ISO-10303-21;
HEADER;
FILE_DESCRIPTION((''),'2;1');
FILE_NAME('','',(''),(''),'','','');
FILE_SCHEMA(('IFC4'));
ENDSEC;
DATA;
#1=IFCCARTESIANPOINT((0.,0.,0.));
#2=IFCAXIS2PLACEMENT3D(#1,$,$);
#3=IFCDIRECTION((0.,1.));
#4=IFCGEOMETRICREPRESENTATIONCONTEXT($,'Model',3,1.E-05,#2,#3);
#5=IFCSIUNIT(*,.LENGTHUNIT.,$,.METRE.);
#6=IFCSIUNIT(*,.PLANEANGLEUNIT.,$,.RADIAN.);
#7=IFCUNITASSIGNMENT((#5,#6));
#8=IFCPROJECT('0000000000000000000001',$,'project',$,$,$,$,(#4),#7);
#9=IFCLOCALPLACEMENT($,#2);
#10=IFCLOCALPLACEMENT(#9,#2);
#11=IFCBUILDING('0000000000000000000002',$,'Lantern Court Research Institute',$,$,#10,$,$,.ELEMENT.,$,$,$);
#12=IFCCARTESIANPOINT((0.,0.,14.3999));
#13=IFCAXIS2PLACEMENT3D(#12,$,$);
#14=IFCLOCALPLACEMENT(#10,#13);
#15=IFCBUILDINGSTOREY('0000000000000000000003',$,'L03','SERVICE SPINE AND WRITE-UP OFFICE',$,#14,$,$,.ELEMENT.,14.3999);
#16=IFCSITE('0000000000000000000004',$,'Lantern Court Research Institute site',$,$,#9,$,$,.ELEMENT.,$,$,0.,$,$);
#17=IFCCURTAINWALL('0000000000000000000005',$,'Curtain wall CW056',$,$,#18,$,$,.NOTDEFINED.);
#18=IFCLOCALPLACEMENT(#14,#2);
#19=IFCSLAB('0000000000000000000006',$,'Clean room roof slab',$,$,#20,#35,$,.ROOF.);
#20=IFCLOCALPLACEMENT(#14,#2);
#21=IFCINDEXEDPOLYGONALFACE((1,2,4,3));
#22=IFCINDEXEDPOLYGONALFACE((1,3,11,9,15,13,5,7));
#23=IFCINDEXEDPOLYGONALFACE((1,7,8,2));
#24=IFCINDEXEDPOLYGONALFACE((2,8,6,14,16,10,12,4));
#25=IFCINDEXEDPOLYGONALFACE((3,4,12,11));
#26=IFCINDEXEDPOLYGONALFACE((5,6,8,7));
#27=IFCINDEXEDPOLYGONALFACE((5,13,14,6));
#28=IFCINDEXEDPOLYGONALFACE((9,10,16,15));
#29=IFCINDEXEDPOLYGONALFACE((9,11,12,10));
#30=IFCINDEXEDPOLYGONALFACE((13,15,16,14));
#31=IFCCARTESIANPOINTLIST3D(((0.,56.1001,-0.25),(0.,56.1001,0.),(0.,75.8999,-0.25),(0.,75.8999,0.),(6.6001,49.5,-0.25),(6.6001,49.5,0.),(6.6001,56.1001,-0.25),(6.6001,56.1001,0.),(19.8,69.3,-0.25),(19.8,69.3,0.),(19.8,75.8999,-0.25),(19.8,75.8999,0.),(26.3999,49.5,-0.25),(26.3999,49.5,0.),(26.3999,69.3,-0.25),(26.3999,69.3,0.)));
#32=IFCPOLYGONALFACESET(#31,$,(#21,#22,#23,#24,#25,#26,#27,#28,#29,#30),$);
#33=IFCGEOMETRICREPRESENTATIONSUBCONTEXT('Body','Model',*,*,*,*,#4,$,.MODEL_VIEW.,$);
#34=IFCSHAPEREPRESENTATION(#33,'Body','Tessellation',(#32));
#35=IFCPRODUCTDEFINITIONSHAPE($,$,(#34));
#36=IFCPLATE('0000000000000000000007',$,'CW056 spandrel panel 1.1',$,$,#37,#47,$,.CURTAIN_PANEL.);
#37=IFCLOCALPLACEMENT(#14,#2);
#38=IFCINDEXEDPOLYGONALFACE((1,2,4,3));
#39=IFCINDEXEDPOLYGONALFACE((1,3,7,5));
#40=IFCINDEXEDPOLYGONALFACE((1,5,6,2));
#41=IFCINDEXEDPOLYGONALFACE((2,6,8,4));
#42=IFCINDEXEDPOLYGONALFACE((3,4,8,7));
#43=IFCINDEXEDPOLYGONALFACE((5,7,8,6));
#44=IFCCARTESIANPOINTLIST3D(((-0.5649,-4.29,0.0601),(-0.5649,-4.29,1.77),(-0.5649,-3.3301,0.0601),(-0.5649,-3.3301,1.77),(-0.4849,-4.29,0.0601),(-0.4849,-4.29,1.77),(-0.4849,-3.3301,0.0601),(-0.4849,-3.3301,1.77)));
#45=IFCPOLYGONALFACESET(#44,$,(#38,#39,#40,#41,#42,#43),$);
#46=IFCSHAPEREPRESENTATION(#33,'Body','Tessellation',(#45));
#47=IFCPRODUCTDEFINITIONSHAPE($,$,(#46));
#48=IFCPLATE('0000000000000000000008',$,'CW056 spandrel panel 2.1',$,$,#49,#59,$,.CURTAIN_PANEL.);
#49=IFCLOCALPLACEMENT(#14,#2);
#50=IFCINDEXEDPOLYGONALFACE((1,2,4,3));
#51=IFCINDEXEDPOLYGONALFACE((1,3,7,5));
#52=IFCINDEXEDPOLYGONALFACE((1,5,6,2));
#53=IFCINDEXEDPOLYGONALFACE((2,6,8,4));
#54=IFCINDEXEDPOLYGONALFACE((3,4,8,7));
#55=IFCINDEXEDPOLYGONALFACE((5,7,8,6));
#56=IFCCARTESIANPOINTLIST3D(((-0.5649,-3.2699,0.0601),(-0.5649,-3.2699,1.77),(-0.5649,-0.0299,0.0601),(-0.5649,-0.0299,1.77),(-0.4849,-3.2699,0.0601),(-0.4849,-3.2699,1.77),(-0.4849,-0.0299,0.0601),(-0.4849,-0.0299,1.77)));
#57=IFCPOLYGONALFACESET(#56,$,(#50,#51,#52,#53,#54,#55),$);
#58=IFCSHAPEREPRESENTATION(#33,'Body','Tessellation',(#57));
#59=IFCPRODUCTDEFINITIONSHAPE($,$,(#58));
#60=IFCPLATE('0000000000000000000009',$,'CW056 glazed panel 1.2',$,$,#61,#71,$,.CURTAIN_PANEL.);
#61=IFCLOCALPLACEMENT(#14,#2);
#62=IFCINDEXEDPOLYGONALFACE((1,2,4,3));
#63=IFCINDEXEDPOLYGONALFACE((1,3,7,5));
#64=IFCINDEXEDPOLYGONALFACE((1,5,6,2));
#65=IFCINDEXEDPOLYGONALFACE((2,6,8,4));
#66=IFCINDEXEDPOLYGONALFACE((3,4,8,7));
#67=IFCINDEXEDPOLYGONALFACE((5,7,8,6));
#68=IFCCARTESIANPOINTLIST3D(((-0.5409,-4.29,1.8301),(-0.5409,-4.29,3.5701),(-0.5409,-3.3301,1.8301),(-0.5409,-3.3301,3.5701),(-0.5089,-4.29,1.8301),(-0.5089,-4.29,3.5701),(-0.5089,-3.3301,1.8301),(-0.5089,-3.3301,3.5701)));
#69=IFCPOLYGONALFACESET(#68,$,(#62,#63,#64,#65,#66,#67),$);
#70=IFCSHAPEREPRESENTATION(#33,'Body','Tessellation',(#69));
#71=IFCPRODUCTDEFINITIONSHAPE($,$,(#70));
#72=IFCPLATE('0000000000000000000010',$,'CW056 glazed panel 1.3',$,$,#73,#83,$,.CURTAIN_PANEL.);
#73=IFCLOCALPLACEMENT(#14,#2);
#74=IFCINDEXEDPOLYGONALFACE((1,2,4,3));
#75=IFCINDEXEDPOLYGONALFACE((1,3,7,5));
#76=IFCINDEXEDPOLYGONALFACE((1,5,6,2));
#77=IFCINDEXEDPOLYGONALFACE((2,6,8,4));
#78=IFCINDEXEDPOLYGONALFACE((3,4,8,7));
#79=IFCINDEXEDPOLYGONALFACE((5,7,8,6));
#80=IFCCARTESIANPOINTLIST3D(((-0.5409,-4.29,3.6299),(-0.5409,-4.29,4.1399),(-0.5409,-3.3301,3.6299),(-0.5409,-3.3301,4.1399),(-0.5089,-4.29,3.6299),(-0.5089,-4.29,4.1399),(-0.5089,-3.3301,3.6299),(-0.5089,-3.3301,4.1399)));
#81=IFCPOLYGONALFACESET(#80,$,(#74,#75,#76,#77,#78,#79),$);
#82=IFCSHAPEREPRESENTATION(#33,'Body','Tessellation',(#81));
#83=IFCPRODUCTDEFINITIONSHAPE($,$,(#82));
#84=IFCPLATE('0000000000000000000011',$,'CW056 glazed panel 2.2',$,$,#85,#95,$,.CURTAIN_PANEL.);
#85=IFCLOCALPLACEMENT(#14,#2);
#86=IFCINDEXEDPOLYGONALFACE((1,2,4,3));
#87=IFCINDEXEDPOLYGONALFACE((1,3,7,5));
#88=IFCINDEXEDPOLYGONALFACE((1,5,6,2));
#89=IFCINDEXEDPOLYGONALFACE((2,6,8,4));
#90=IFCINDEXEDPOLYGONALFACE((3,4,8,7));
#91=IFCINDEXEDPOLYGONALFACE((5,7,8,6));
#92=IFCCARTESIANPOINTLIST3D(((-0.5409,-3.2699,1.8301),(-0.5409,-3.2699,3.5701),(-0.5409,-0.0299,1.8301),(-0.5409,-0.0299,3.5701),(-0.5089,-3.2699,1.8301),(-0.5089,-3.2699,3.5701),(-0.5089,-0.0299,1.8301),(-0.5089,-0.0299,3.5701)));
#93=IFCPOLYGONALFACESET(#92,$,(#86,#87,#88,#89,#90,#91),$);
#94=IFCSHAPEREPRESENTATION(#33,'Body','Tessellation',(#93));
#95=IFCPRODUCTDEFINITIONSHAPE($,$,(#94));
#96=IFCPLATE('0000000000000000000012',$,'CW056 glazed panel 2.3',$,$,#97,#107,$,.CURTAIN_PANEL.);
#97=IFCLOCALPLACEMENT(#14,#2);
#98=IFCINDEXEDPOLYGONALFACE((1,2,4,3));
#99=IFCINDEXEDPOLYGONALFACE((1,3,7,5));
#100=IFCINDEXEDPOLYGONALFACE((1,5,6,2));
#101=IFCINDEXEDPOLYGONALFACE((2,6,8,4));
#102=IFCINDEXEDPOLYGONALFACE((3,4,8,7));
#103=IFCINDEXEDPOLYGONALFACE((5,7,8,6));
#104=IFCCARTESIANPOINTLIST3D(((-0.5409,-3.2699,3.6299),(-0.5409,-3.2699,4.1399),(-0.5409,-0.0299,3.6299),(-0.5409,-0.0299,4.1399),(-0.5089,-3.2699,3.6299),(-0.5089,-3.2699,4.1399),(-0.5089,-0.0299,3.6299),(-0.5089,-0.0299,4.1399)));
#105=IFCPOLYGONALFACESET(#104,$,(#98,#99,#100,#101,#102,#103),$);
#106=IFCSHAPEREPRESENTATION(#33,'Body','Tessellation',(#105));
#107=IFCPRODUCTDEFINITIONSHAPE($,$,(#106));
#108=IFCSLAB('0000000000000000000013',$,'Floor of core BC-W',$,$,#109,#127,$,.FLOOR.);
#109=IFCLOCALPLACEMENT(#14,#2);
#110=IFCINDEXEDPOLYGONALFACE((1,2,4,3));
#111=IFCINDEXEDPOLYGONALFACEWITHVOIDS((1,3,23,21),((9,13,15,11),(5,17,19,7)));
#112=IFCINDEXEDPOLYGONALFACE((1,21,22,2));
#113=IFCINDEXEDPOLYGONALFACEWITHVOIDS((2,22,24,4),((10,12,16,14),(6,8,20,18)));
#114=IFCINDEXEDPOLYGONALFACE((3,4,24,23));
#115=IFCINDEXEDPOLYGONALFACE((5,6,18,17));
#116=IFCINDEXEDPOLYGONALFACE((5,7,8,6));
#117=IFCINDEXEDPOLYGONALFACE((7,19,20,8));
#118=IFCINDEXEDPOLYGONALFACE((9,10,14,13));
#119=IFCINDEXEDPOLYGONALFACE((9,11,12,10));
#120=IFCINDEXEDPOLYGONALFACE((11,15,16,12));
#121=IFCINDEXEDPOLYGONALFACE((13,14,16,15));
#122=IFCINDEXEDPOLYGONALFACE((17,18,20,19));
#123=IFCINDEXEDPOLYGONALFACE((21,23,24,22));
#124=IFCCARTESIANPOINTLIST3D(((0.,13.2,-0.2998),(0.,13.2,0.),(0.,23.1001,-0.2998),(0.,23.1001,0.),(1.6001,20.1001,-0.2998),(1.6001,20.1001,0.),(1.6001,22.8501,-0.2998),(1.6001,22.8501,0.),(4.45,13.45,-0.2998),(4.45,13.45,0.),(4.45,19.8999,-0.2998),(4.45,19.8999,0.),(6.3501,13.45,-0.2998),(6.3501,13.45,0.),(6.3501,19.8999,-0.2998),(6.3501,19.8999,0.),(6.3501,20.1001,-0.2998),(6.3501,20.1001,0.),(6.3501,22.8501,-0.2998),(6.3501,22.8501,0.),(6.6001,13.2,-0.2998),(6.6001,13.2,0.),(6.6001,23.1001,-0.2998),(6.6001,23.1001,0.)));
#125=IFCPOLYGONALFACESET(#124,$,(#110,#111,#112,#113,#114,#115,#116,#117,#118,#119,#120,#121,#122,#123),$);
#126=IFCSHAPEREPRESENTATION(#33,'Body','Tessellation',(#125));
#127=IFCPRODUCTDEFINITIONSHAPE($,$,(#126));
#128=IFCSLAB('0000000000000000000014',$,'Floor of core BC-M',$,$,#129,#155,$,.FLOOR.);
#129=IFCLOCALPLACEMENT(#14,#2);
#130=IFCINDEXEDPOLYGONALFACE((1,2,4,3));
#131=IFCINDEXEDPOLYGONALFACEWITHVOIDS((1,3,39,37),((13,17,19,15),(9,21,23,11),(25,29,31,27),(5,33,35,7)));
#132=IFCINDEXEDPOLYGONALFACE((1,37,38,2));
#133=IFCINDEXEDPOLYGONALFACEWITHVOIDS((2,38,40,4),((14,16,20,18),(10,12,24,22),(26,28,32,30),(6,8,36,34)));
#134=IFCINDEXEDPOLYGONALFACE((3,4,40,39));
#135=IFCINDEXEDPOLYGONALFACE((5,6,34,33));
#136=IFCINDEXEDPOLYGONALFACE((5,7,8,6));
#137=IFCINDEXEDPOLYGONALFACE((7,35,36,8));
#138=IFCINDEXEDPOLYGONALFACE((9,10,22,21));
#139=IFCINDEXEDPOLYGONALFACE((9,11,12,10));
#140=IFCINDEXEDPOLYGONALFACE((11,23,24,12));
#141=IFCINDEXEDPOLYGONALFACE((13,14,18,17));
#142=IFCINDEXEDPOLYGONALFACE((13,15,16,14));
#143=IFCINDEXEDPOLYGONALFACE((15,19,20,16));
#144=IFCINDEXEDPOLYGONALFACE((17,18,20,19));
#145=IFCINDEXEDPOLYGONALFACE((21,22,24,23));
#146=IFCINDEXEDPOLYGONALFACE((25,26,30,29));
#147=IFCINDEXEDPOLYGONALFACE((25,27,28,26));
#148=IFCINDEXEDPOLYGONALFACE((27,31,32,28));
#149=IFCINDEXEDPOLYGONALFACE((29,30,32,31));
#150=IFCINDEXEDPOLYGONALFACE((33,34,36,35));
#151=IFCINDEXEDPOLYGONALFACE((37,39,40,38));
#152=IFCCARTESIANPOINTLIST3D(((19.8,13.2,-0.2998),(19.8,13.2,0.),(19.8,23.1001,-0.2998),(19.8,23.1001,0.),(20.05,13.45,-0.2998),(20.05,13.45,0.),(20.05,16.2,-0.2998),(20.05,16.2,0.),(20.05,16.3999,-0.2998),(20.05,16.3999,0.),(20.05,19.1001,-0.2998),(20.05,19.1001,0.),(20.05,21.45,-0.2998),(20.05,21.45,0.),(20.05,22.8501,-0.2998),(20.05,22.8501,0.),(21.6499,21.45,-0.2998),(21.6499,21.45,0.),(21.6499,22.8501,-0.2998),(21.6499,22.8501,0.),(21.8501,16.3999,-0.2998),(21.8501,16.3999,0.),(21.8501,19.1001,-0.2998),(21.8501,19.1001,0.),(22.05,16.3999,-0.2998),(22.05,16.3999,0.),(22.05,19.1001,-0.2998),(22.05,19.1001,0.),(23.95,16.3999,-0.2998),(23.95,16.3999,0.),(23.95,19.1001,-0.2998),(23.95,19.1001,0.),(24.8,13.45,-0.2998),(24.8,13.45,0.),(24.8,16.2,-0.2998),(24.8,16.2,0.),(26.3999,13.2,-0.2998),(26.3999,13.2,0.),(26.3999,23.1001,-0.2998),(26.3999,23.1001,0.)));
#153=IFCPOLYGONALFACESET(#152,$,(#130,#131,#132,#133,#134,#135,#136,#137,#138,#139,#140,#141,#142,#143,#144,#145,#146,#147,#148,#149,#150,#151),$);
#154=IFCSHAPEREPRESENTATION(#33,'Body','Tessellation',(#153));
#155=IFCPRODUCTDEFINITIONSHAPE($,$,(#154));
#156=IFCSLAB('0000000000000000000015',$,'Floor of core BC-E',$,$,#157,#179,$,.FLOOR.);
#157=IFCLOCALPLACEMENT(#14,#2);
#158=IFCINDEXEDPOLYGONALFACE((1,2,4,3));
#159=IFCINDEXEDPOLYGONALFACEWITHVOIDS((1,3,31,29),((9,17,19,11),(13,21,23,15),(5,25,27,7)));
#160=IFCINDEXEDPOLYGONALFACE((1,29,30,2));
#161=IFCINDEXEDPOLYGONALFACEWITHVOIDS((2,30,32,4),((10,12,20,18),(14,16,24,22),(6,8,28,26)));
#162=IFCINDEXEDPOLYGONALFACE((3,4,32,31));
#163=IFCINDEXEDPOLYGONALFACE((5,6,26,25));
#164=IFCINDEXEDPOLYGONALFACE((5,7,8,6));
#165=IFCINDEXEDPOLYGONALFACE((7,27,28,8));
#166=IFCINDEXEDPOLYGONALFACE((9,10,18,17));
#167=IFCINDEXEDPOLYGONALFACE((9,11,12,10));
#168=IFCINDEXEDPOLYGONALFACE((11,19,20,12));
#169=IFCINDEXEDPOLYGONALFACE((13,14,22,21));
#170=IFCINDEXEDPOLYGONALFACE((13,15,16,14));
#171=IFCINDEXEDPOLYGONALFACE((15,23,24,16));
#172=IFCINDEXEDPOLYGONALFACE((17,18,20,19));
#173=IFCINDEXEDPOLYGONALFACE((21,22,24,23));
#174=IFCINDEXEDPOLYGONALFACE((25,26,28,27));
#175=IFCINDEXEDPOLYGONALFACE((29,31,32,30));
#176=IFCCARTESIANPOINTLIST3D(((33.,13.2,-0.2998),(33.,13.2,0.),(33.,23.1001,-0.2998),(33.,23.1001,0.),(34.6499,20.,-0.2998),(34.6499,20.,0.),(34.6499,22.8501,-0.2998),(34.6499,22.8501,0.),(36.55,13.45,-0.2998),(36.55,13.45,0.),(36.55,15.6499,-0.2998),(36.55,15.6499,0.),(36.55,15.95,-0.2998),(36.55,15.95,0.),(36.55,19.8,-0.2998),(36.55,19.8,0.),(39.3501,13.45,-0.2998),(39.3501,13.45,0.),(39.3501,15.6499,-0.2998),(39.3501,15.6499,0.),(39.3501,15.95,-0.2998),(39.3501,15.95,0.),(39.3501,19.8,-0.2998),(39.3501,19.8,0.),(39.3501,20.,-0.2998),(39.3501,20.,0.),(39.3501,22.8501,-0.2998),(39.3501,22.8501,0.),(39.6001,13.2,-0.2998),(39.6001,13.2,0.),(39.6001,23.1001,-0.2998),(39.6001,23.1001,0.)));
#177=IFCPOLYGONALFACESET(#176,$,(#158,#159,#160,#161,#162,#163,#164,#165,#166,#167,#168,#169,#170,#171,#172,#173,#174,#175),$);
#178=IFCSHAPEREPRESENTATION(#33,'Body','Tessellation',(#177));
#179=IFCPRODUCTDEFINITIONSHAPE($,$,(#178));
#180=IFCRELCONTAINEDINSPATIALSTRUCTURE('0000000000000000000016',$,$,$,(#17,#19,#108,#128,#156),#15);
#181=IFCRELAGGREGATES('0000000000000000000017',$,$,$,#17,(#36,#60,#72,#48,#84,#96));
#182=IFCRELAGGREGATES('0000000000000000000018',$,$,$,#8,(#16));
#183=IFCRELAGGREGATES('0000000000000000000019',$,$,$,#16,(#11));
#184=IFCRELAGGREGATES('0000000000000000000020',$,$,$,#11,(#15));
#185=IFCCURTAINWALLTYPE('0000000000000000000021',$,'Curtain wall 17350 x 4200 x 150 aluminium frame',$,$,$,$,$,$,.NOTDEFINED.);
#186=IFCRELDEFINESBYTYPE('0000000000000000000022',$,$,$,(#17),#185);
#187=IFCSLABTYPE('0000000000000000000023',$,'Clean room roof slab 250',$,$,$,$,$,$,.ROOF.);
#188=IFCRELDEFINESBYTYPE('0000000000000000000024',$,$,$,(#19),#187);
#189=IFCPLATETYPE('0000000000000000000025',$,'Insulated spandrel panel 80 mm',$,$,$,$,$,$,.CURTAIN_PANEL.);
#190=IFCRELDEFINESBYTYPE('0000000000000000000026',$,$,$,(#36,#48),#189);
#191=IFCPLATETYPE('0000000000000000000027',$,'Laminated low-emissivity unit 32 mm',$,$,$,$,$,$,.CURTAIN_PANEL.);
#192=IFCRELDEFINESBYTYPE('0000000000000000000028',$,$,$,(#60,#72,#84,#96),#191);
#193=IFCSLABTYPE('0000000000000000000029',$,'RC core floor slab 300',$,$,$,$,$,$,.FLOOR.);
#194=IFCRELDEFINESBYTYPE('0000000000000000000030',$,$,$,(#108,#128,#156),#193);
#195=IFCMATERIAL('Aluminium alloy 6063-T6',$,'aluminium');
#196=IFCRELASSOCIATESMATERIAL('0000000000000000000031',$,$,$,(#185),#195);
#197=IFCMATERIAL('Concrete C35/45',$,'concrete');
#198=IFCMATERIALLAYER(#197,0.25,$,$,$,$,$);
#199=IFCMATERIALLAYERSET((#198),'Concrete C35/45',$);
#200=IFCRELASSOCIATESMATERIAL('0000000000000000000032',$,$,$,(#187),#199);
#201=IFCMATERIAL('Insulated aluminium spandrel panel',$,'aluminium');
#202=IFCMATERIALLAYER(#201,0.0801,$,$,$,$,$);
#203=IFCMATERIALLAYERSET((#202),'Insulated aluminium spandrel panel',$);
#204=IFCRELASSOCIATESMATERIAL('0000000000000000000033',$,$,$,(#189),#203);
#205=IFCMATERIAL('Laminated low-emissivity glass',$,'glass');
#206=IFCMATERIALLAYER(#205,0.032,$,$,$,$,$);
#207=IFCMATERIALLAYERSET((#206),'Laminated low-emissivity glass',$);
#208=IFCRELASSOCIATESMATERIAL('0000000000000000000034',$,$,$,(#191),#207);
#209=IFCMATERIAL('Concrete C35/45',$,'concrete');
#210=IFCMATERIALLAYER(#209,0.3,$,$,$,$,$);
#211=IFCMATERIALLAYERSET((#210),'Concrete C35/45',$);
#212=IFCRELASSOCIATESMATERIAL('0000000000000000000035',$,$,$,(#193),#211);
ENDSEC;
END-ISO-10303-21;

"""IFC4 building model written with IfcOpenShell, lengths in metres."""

from ifc_helpers import new_model, si_unit, direction, frame, origin, origin_2d, place, context, subcontext, project, spatial, polyline, rectangle, outline, extrude, material, layer, layer_set, type_object, element, aggregate, save


model = new_model("IFC4")

# Units and contexts
model_context = context("Model", 3, precision=1e-05, world=origin(), true_north=direction((0.0, 1.0)))
body_context = subcontext(model_context, "Body", "Model", "MODEL_VIEW")
ifc_project = project(units=[si_unit("LENGTHUNIT", "METRE"), si_unit("PLANEANGLEUNIT", "RADIAN")], contexts=[model_context])

# Site, building, storey
site_placement = place(None, origin())
site = spatial("IfcSite", under=ifc_project, at=site_placement, Name="Lantern Court Research Institute site", CompositionType="ELEMENT", RefElevation=0.0)
building_placement = place(site_placement, origin())
building = spatial("IfcBuilding", under=site, at=building_placement, Name="Lantern Court Research Institute", CompositionType="ELEMENT")
storey_placement = place(building_placement, frame((0.0, 0.0, 14.3999)))
storey = spatial("IfcBuildingStorey", under=building, at=storey_placement, Name="L03", Description="SERVICE SPINE AND WRITE-UP OFFICE", CompositionType="ELEMENT", Elevation=14.3999)

# Curtain wall
ifc_material_1 = material(Name="Aluminium alloy 6063-T6", Category="aluminium")
curtain_wall_type = type_object("IfcCurtainWallType", Name="Curtain wall 17350 x 4200 x 150 aluminium frame", PredefinedType="NOTDEFINED", material=ifc_material_1)
curtain_wall_placement = place(storey_placement, origin())
curtain_wall = element("IfcCurtainWall", 1, at=curtain_wall_placement, inside=storey, type_object=curtain_wall_type, Name="Curtain wall CW056", PredefinedType="NOTDEFINED")

# Slab
ifc_material_2 = material(Name="Concrete C35/45", Category="concrete")
ifc_layer_1 = layer(ifc_material_2, 0.25)
ifc_layer_set_1 = layer_set([ifc_layer_1], Name="Concrete C35/45")
slab_type_1 = type_object("IfcSlabType", Name="Clean room roof slab 250", PredefinedType="ROOF", material=ifc_layer_set_1)
slab_1_placement = place(storey_placement, frame((0.0, 0.0, -0.25)))
element("IfcSlab", 2, at=slab_1_placement, inside=storey, type_object=slab_type_1, Name="Clean room roof slab", PredefinedType="ROOF", context=body_context, shape_type="SweptSolid", body=[
    extrude(outline(polyline([(19.8, 75.8999), (19.8, 69.3), (26.3999, 69.3), (26.3999, 49.5), (6.6001, 49.5), (6.6001, 56.1001), (0.0, 56.1001), (0.0, 75.8999), (19.8, 75.8999)])), origin(), (0.0, 0.0, 1.0), 0.25),
])

# Plates
ifc_material_3 = material(Name="Insulated aluminium spandrel panel", Category="aluminium")
ifc_layer_2 = layer(ifc_material_3, 0.0801)
ifc_layer_set_2 = layer_set([ifc_layer_2], Name="Insulated aluminium spandrel panel")
plate_type_1 = type_object("IfcPlateType", Name="Insulated spandrel panel 80 mm", PredefinedType="CURTAIN_PANEL", material=ifc_layer_set_2)
plate_1_placement = place(storey_placement, frame((-0.5249, -3.8101, 0.0601), z_axis=(0.0, 0.0, 1.0), x_axis=(0.0, 1.0, 0.0)))
plate_1 = element("IfcPlate", 3, at=plate_1_placement, type_object=plate_type_1, Name="CW056 spandrel panel 1.1", PredefinedType="CURTAIN_PANEL", context=body_context, shape_type="SweptSolid", body=[
    extrude(rectangle(XDim=0.96, YDim=0.0801, at=origin_2d()), origin(), (0.0, 0.0, 1.0), 1.71),
])
plate_2_placement = place(storey_placement, frame((-0.5249, -1.6499, 0.0601), z_axis=(0.0, 0.0, 1.0), x_axis=(0.0, 1.0, 0.0)))
plate_2 = element("IfcPlate", 4, at=plate_2_placement, type_object=plate_type_1, Name="CW056 spandrel panel 2.1", PredefinedType="CURTAIN_PANEL", context=body_context, shape_type="SweptSolid", body=[
    extrude(rectangle(XDim=3.24, YDim=0.0801, at=origin_2d()), origin(), (0.0, 0.0, 1.0), 1.71),
])
ifc_material_4 = material(Name="Laminated low-emissivity glass", Category="glass")
ifc_layer_3 = layer(ifc_material_4, 0.032)
ifc_layer_set_3 = layer_set([ifc_layer_3], Name="Laminated low-emissivity glass")
plate_type_2 = type_object("IfcPlateType", Name="Laminated low-emissivity unit 32 mm", PredefinedType="CURTAIN_PANEL", material=ifc_layer_set_3)
plate_3_placement = place(storey_placement, frame((-0.5249, -3.8101, 1.8301), z_axis=(0.0, 0.0, 1.0), x_axis=(0.0, 1.0, 0.0)))
plate_3 = element("IfcPlate", 5, at=plate_3_placement, type_object=plate_type_2, Name="CW056 glazed panel 1.2", PredefinedType="CURTAIN_PANEL", context=body_context, shape_type="SweptSolid", body=[
    extrude(rectangle(XDim=0.96, YDim=0.032, at=origin_2d()), origin(), (0.0, 0.0, 1.0), 1.74),
])
plate_4_placement = place(storey_placement, frame((-0.5249, -3.8101, 3.6299), z_axis=(0.0, 0.0, 1.0), x_axis=(0.0, 1.0, 0.0)))
plate_4 = element("IfcPlate", 6, at=plate_4_placement, type_object=plate_type_2, Name="CW056 glazed panel 1.3", PredefinedType="CURTAIN_PANEL", context=body_context, shape_type="SweptSolid", body=[
    extrude(rectangle(XDim=0.96, YDim=0.032, at=origin_2d()), origin(), (0.0, 0.0, 1.0), 0.51),
])
plate_5_placement = place(storey_placement, frame((-0.5249, -1.6499, 1.8301), z_axis=(0.0, 0.0, 1.0), x_axis=(0.0, 1.0, 0.0)))
plate_5 = element("IfcPlate", 7, at=plate_5_placement, type_object=plate_type_2, Name="CW056 glazed panel 2.2", PredefinedType="CURTAIN_PANEL", context=body_context, shape_type="SweptSolid", body=[
    extrude(rectangle(XDim=3.24, YDim=0.032, at=origin_2d()), origin(), (0.0, 0.0, 1.0), 1.74),
])
plate_6_placement = place(storey_placement, frame((-0.5249, -1.6499, 3.6299), z_axis=(0.0, 0.0, 1.0), x_axis=(0.0, 1.0, 0.0)))
plate_6 = element("IfcPlate", 8, at=plate_6_placement, type_object=plate_type_2, Name="CW056 glazed panel 2.3", PredefinedType="CURTAIN_PANEL", context=body_context, shape_type="SweptSolid", body=[
    extrude(rectangle(XDim=3.24, YDim=0.032, at=origin_2d()), origin(), (0.0, 0.0, 1.0), 0.51),
])
aggregate(curtain_wall, [plate_1, plate_3, plate_4, plate_2, plate_5, plate_6])

# Slabs
ifc_material_5 = material(Name="Concrete C35/45", Category="concrete")
ifc_layer_4 = layer(ifc_material_5, 0.3)
ifc_layer_set_4 = layer_set([ifc_layer_4], Name="Concrete C35/45")
slab_type_2 = type_object("IfcSlabType", Name="RC core floor slab 300", PredefinedType="FLOOR", material=ifc_layer_set_4)
slab_2_placement = place(storey_placement, frame((0.0, 0.0, -0.2998)))
element("IfcSlab", 9, at=slab_2_placement, inside=storey, type_object=slab_type_2, Name="Floor of core BC-W", PredefinedType="FLOOR", context=body_context, shape_type="SweptSolid", body=[
    extrude(outline(polyline([(0.0, 13.2), (6.6001, 13.2), (6.6001, 23.1001), (0.0, 23.1001), (0.0, 13.2)]), holes=[polyline([(1.6001, 20.1001), (6.3501, 20.1001), (6.3501, 22.8501), (1.6001, 22.8501), (1.6001, 20.1001)]), polyline([(4.45, 13.45), (4.45, 19.8999), (6.3501, 19.8999), (6.3501, 13.45), (4.45, 13.45)])]), origin(), (0.0, 0.0, 1.0), 0.2998),
])
slab_3_placement = place(storey_placement, frame((0.0, 0.0, -0.2998)))
element("IfcSlab", 10, at=slab_3_placement, inside=storey, type_object=slab_type_2, Name="Floor of core BC-M", PredefinedType="FLOOR", context=body_context, shape_type="SweptSolid", body=[
    extrude(outline(polyline([(19.8, 13.2), (26.3999, 13.2), (26.3999, 23.1001), (19.8, 23.1001), (19.8, 13.2)]), holes=[polyline([(24.8, 16.2), (20.05, 16.2), (20.05, 13.45), (24.8, 13.45), (24.8, 16.2)]), polyline([(20.05, 16.3999), (21.8501, 16.3999), (21.8501, 19.1001), (20.05, 19.1001), (20.05, 16.3999)]), polyline([(22.05, 16.3999), (23.95, 16.3999), (23.95, 19.1001), (22.05, 19.1001), (22.05, 16.3999)]), polyline([(21.6499, 21.45), (20.05, 21.45), (20.05, 22.8501), (21.6499, 22.8501), (21.6499, 21.45)])]), origin(), (0.0, 0.0, 1.0), 0.2998),
])
slab_4_placement = place(storey_placement, frame((0.0, 0.0, -0.2998)))
element("IfcSlab", 11, at=slab_4_placement, inside=storey, type_object=slab_type_2, Name="Floor of core BC-E", PredefinedType="FLOOR", context=body_context, shape_type="SweptSolid", body=[
    extrude(outline(polyline([(33.0, 13.2), (39.6001, 13.2), (39.6001, 23.1001), (33.0, 23.1001), (33.0, 13.2)]), holes=[polyline([(34.6499, 20.0), (39.3501, 20.0), (39.3501, 22.8501), (34.6499, 22.8501), (34.6499, 20.0)]), polyline([(36.55, 13.45), (39.3501, 13.45), (39.3501, 15.6499), (36.55, 15.6499), (36.55, 13.45)]), polyline([(39.3501, 15.95), (36.55, 15.95), (36.55, 19.8), (39.3501, 19.8), (39.3501, 15.95)])]), origin(), (0.0, 0.0, 1.0), 0.2998),
])

save(model, "model.ifc")
